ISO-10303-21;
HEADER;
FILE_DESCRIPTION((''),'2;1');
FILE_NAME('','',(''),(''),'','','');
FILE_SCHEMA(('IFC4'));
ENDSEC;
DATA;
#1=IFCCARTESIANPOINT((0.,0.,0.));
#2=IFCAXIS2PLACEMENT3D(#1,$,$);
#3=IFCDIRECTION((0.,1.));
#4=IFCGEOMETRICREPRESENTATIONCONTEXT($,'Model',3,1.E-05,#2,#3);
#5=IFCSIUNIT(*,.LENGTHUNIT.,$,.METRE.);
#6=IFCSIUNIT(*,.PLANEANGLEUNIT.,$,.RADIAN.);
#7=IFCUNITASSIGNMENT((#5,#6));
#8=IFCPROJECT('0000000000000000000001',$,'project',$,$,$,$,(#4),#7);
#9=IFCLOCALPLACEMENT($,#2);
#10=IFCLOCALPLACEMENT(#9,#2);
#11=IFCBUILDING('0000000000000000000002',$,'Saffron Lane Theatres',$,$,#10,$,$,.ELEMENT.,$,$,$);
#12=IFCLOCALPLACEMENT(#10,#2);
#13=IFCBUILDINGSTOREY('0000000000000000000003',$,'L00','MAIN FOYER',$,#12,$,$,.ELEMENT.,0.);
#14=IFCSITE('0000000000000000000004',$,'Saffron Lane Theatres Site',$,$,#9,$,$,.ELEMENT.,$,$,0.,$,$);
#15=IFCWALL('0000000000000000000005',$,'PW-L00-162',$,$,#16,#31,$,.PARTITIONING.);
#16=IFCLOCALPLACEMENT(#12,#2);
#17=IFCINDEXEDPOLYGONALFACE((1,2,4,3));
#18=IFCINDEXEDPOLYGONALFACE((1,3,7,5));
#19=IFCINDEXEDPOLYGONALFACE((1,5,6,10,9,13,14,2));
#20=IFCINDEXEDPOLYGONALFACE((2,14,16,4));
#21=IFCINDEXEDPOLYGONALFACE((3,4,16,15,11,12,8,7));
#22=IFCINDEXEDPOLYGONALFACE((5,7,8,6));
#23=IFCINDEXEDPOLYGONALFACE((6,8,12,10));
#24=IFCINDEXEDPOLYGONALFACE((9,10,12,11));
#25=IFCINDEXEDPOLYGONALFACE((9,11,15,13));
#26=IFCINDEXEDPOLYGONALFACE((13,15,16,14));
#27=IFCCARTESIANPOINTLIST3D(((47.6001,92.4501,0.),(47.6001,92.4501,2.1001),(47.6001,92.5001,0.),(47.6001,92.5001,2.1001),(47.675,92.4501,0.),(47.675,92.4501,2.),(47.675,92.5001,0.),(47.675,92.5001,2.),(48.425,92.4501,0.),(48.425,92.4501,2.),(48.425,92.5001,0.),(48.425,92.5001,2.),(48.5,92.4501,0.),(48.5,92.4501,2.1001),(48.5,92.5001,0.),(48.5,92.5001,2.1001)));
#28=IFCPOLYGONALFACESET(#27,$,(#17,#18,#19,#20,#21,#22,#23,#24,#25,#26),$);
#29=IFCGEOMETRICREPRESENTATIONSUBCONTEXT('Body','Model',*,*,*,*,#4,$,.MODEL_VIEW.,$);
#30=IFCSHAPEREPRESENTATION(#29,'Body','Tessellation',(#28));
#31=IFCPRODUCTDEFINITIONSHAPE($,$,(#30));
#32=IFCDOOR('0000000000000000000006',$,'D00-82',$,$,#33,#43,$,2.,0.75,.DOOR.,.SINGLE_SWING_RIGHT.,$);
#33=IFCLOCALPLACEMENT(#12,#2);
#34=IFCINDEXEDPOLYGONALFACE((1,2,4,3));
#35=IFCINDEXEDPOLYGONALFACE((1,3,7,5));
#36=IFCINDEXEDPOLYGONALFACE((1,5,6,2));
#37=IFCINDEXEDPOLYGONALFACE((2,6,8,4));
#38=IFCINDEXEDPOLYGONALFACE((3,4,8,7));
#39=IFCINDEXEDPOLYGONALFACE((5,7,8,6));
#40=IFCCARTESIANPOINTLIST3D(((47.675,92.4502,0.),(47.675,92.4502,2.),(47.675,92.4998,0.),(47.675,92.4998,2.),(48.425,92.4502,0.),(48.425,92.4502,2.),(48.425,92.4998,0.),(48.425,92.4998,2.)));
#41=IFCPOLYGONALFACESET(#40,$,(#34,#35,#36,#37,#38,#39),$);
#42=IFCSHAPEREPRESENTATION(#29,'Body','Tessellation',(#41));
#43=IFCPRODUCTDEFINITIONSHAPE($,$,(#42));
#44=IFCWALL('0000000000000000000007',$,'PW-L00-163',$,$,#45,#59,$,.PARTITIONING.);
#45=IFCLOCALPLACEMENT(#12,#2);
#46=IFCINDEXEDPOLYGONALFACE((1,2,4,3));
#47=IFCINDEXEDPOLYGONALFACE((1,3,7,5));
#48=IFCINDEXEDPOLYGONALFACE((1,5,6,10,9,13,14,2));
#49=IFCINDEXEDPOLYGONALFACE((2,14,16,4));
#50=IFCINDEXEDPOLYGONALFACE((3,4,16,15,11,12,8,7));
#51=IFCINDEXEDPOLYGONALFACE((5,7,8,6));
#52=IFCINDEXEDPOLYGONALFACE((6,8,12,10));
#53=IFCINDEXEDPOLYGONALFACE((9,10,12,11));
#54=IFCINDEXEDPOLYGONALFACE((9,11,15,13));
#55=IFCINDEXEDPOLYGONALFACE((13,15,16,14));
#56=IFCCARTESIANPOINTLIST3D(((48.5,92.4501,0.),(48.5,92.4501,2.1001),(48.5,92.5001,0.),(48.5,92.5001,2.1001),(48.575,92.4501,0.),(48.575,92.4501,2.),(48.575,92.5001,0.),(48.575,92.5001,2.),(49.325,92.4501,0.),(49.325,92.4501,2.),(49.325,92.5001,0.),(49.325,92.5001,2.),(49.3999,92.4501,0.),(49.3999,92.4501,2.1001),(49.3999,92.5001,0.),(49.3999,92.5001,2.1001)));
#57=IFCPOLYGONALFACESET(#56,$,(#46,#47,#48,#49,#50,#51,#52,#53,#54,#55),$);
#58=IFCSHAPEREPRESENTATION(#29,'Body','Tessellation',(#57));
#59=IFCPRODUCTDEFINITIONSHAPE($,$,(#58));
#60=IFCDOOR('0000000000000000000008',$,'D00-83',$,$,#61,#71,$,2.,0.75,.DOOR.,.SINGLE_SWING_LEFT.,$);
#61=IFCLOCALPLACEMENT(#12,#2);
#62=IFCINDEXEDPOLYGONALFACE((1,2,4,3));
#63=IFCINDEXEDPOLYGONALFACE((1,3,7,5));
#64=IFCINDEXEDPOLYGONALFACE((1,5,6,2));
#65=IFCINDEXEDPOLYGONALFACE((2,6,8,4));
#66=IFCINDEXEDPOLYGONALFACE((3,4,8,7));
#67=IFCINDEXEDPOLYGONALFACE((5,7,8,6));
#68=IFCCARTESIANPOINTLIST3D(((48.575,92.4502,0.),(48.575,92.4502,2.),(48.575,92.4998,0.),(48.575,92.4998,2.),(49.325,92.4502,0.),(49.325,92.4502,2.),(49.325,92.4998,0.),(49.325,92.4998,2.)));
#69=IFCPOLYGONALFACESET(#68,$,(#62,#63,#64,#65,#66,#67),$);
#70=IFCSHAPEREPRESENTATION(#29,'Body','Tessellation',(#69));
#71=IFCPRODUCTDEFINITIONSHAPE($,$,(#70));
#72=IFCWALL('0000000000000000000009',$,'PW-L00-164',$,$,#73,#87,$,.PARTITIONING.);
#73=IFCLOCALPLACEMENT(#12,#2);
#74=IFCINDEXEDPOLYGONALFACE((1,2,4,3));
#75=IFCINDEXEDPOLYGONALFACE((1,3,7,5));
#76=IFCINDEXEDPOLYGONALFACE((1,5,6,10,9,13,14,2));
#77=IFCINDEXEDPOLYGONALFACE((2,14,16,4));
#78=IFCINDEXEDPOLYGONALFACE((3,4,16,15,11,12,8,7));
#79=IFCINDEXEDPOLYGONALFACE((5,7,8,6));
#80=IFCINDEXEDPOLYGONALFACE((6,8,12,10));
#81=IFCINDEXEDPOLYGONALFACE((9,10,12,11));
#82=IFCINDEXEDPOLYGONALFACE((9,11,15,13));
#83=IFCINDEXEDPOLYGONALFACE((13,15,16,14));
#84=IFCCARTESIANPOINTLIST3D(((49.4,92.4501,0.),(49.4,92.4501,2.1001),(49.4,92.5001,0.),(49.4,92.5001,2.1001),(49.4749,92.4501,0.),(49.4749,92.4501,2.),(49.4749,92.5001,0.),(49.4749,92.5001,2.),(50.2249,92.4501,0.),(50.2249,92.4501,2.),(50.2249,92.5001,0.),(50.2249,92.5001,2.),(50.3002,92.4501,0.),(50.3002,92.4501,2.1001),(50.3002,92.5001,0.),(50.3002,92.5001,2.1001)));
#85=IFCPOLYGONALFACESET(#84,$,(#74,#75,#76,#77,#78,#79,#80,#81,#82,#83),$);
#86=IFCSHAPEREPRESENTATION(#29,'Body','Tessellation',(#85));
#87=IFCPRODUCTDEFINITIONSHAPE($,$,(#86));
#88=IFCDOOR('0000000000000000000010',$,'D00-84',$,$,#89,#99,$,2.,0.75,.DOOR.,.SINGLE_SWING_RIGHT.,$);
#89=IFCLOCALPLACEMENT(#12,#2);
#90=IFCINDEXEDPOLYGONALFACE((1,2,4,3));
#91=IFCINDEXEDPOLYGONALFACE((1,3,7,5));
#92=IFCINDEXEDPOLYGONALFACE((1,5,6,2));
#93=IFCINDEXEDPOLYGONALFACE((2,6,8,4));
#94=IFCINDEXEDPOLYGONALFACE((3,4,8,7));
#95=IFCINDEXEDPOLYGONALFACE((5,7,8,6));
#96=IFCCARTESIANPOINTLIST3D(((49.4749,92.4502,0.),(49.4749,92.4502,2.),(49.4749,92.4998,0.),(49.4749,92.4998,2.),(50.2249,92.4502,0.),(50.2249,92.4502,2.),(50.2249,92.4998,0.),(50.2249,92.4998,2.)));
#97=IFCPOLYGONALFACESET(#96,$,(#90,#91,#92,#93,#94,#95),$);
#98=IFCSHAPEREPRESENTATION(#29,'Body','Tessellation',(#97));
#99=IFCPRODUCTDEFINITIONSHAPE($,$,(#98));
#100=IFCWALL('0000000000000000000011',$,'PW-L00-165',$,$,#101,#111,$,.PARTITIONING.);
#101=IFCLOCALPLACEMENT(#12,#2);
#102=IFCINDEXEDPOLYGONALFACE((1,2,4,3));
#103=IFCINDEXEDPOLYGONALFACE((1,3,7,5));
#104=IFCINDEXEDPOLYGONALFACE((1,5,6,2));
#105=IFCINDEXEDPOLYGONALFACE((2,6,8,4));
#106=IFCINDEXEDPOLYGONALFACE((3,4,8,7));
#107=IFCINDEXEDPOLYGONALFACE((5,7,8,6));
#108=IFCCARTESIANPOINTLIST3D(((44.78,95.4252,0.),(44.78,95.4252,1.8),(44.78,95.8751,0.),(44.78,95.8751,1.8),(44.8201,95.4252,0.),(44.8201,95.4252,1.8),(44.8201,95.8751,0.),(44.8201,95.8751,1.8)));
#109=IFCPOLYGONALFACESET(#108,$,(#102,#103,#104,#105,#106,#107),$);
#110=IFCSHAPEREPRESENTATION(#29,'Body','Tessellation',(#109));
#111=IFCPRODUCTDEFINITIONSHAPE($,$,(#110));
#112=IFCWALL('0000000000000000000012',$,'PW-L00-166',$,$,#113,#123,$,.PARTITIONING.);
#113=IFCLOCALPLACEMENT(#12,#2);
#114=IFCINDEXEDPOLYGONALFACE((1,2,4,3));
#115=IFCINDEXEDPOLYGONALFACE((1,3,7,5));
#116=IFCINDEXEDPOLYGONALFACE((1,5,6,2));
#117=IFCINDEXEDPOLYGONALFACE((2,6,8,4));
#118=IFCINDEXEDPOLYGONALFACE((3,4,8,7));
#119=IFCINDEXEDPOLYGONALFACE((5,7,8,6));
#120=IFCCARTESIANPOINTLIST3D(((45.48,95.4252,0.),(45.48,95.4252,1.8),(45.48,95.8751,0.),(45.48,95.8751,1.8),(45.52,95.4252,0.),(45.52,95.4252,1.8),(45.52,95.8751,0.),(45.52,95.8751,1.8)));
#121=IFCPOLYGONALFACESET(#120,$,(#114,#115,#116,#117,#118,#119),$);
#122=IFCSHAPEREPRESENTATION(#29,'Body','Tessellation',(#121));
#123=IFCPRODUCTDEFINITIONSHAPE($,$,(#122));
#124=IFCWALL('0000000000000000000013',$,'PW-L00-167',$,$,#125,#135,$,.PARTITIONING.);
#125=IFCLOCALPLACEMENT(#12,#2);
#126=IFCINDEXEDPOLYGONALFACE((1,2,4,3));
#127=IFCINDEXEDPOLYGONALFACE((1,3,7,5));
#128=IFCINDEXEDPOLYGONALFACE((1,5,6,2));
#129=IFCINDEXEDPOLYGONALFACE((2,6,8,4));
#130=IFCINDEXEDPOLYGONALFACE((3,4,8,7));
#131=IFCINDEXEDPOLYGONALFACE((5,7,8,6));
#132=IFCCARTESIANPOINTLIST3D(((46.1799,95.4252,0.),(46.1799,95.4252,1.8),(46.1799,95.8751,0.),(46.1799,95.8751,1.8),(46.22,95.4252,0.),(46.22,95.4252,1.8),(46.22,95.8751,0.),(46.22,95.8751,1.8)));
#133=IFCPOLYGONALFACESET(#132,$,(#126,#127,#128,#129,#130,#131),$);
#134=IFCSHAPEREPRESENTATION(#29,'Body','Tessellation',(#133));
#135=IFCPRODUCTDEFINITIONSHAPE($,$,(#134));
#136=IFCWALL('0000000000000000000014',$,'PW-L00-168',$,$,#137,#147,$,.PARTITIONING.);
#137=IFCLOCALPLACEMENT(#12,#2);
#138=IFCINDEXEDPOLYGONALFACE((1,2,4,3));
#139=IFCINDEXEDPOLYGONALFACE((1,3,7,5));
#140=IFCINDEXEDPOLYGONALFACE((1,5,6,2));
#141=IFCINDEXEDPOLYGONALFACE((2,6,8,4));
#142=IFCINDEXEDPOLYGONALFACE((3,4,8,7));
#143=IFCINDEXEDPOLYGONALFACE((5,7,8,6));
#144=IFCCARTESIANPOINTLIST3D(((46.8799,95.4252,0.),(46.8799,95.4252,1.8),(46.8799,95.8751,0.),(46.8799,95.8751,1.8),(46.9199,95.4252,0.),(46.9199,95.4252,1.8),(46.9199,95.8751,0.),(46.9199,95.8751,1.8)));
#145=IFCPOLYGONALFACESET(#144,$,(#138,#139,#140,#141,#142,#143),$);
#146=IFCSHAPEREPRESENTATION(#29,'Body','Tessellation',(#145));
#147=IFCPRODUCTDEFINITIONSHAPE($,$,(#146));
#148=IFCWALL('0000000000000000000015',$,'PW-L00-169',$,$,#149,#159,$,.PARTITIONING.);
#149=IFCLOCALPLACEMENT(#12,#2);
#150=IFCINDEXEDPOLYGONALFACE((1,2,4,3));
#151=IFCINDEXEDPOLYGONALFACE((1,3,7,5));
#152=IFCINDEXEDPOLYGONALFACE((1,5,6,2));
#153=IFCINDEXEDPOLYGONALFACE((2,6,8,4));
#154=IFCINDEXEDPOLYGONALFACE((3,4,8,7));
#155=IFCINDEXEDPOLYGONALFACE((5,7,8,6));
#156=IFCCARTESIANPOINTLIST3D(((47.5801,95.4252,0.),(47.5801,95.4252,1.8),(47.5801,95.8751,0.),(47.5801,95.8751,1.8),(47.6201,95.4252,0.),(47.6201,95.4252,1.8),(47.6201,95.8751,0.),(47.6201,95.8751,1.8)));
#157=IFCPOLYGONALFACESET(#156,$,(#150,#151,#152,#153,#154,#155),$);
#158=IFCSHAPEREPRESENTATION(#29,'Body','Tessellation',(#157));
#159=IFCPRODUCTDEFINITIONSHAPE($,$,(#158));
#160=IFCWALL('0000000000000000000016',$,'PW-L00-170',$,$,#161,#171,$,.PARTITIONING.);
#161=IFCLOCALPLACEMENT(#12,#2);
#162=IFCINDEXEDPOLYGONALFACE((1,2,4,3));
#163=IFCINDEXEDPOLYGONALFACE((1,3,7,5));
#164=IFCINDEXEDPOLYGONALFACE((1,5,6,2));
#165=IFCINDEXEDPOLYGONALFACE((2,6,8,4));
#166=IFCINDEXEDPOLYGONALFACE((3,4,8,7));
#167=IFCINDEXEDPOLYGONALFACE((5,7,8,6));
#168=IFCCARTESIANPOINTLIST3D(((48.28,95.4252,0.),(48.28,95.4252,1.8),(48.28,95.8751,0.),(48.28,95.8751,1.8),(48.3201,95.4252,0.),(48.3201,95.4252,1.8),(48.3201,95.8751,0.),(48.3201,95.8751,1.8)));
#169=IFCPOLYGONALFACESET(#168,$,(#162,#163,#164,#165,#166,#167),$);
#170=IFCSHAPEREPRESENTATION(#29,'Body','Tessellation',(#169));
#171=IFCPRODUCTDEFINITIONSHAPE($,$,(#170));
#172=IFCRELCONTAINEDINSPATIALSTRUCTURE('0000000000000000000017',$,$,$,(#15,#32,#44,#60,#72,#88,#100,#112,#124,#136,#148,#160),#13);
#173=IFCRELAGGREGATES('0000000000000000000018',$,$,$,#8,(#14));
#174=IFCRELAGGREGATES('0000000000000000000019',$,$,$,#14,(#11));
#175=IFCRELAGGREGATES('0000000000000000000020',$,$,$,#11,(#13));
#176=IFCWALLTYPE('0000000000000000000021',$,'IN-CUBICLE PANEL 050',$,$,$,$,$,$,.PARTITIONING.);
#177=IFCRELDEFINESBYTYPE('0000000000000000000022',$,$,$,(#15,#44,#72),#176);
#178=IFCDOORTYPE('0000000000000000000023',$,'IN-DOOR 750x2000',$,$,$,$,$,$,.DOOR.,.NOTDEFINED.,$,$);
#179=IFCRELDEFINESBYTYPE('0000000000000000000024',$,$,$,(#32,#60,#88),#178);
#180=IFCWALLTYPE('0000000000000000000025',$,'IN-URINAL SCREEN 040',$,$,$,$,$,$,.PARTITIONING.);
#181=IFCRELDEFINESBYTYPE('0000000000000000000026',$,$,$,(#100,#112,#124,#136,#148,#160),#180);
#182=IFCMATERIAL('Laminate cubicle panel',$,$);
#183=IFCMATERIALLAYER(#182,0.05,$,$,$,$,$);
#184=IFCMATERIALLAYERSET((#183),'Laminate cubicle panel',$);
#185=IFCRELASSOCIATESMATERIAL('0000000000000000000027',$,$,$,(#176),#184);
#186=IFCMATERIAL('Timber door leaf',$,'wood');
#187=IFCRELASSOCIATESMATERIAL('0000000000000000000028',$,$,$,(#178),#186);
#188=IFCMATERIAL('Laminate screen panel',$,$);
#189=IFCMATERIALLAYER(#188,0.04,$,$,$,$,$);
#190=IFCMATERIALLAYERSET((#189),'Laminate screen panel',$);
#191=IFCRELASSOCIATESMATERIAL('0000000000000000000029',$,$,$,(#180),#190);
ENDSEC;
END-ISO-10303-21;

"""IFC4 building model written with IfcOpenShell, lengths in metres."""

from ifc_helpers import new_model, si_unit, direction, frame, frame_2d, origin, place, context, subcontext, project, spatial, rectangle, extrude, material, layer, layer_set, type_object, element, fill, save


model = new_model("IFC4")

# Units and contexts
model_context = context("Model", 3, precision=1e-05, world=origin(), true_north=direction((0.0, 1.0)))
body_context = subcontext(model_context, "Body", "Model", "MODEL_VIEW")
ifc_project = project(units=[si_unit("LENGTHUNIT", "METRE"), si_unit("PLANEANGLEUNIT", "RADIAN")], contexts=[model_context])

# Site, building, storey
site_placement = place(None, origin())
site = spatial("IfcSite", under=ifc_project, at=site_placement, Name="Saffron Lane Theatres Site", CompositionType="ELEMENT", RefElevation=0.0)
building_placement = place(site_placement, origin())
building = spatial("IfcBuilding", under=site, at=building_placement, Name="Saffron Lane Theatres", CompositionType="ELEMENT")
storey_placement = place(building_placement, origin())
storey = spatial("IfcBuildingStorey", under=building, at=storey_placement, Name="L00", Description="MAIN FOYER", CompositionType="ELEMENT", Elevation=0.0)

# Shared definitions
ifc_material_1 = material(Name="Laminate cubicle panel")
ifc_layer_1 = layer(ifc_material_1, 0.05)
ifc_layer_set_1 = layer_set([ifc_layer_1], Name="Laminate cubicle panel")
wall_type_1 = type_object("IfcWallType", Name="IN-CUBICLE PANEL 050", PredefinedType="PARTITIONING", material=ifc_layer_set_1)

# Walls, openings, doors
ifc_material_2 = material(Name="Timber door leaf", Category="wood")
door_type_1 = type_object("IfcDoorType", Name="IN-DOOR 750x2000", OperationType="NOTDEFINED", PredefinedType="DOOR", material=ifc_material_2)
wall_1_placement = place(storey_placement, frame((47.6001, 92.4751, 0.0), z_axis=(0.0, 0.0, 1.0), x_axis=(1.0, 0.0, 0.0)))
wall_1 = element("IfcWall", 1, at=wall_1_placement, inside=storey, type_object=wall_type_1, Name="PW-L00-162", PredefinedType="PARTITIONING", context=body_context, shape_type="SweptSolid", body=[
    extrude(rectangle(XDim=0.8999, YDim=0.05, at=frame_2d((0.45, 0.0))), origin(), (0.0, 0.0, 1.0), 2.1001),
])
opening_1_placement = place(wall_1_placement, frame((0.075, 0.0, 0.0)))
opening_1 = element("IfcOpeningElement", 2, at=opening_1_placement, cuts=wall_1, PredefinedType="OPENING", context=body_context, shape_type="SweptSolid", body=[
    extrude(rectangle(XDim=0.75, YDim=2.0, at=frame_2d((0.375, 1.0))), frame((0.0, 0.0352, 0.0), z_axis=(0.0, -1.0, 0.0), x_axis=(1.0, 0.0, 0.0)), (0.0, 0.0, 1.0), 0.0701),
])
door_1_placement = place(opening_1_placement, frame((0.75, 0.0, 0.0), z_axis=(0.0, 0.0, 1.0), x_axis=(-1.0, 0.0, 0.0)))
door_1 = element("IfcDoor", 3, at=door_1_placement, inside=storey, type_object=door_type_1, Name="D00-82", OperationType="SINGLE_SWING_RIGHT", OverallHeight=2.0, OverallWidth=0.75, PredefinedType="DOOR", context=body_context, shape_type="SweptSolid", body=[
    extrude(rectangle(XDim=0.75, YDim=2.0, at=frame_2d((0.375, 1.0))), frame((0.0, 0.0249, 0.0), z_axis=(0.0, -1.0, 0.0), x_axis=(1.0, 0.0, 0.0)), (0.0, 0.0, 1.0), 0.0496),
])
fill(opening_1, door_1)
wall_2_placement = place(storey_placement, frame((48.5, 92.4751, 0.0), z_axis=(0.0, 0.0, 1.0), x_axis=(1.0, 0.0, 0.0)))
wall_2 = element("IfcWall", 4, at=wall_2_placement, inside=storey, type_object=wall_type_1, Name="PW-L00-163", PredefinedType="PARTITIONING", context=body_context, shape_type="SweptSolid", body=[
    extrude(rectangle(XDim=0.8999, YDim=0.05, at=frame_2d((0.45, 0.0))), origin(), (0.0, 0.0, 1.0), 2.1001),
])
opening_2_placement = place(wall_2_placement, frame((0.075, 0.0, 0.0)))
opening_2 = element("IfcOpeningElement", 5, at=opening_2_placement, cuts=wall_2, PredefinedType="OPENING", context=body_context, shape_type="SweptSolid", body=[
    extrude(rectangle(XDim=0.75, YDim=2.0, at=frame_2d((0.375, 1.0))), frame((0.0, 0.0352, 0.0), z_axis=(0.0, -1.0, 0.0), x_axis=(1.0, 0.0, 0.0)), (0.0, 0.0, 1.0), 0.0701),
])
door_2_placement = place(opening_2_placement, frame((0.75, 0.0, 0.0), z_axis=(0.0, 0.0, 1.0), x_axis=(-1.0, 0.0, 0.0)))
door_2 = element("IfcDoor", 6, at=door_2_placement, inside=storey, type_object=door_type_1, Name="D00-83", OperationType="SINGLE_SWING_LEFT", OverallHeight=2.0, OverallWidth=0.75, PredefinedType="DOOR", context=body_context, shape_type="SweptSolid", body=[
    extrude(rectangle(XDim=0.75, YDim=2.0, at=frame_2d((0.375, 1.0))), frame((0.0, 0.0249, 0.0), z_axis=(0.0, -1.0, 0.0), x_axis=(1.0, 0.0, 0.0)), (0.0, 0.0, 1.0), 0.0496),
])
fill(opening_2, door_2)
wall_3_placement = place(storey_placement, frame((49.3999, 92.4751, 0.0), z_axis=(0.0, 0.0, 1.0), x_axis=(1.0, 0.0, 0.0)))
wall_3 = element("IfcWall", 7, at=wall_3_placement, inside=storey, type_object=wall_type_1, Name="PW-L00-164", PredefinedType="PARTITIONING", context=body_context, shape_type="SweptSolid", body=[
    extrude(rectangle(XDim=0.9001, YDim=0.05, at=frame_2d((0.4502, 0.0))), origin(), (0.0, 0.0, 1.0), 2.1001),
])
opening_3_placement = place(wall_3_placement, frame((0.075, 0.0, 0.0)))
opening_3 = element("IfcOpeningElement", 8, at=opening_3_placement, cuts=wall_3, PredefinedType="OPENING", context=body_context, shape_type="SweptSolid", body=[
    extrude(rectangle(XDim=0.75, YDim=2.0, at=frame_2d((0.375, 1.0))), frame((0.0, 0.0352, 0.0), z_axis=(0.0, -1.0, 0.0), x_axis=(1.0, 0.0, 0.0)), (0.0, 0.0, 1.0), 0.0701),
])
door_3_placement = place(opening_3_placement, frame((0.75, 0.0, 0.0), z_axis=(0.0, 0.0, 1.0), x_axis=(-1.0, 0.0, 0.0)))
door_3 = element("IfcDoor", 9, at=door_3_placement, inside=storey, type_object=door_type_1, Name="D00-84", OperationType="SINGLE_SWING_RIGHT", OverallHeight=2.0, OverallWidth=0.75, PredefinedType="DOOR", context=body_context, shape_type="SweptSolid", body=[
    extrude(rectangle(XDim=0.75, YDim=2.0, at=frame_2d((0.375, 1.0))), frame((0.0, 0.0249, 0.0), z_axis=(0.0, -1.0, 0.0), x_axis=(1.0, 0.0, 0.0)), (0.0, 0.0, 1.0), 0.0496),
])
fill(opening_3, door_3)

# Walls
ifc_material_3 = material(Name="Laminate screen panel")
ifc_layer_2 = layer(ifc_material_3, 0.04)
ifc_layer_set_2 = layer_set([ifc_layer_2], Name="Laminate screen panel")
wall_type_2 = type_object("IfcWallType", Name="IN-URINAL SCREEN 040", PredefinedType="PARTITIONING", material=ifc_layer_set_2)
for number, where, z_axis, x_axis, name in (
    (10, (44.8, 95.425, 0.0), (0.0, 0.0, 1.0), (0.0, 1.0, 0.0), "PW-L00-165"),
    (11, (45.5, 95.425, 0.0), (0.0, 0.0, 1.0), (0.0, 1.0, 0.0), "PW-L00-166"),
    (12, (46.2, 95.425, 0.0), (0.0, 0.0, 1.0), (0.0, 1.0, 0.0), "PW-L00-167"),
    (13, (46.8999, 95.425, 0.0), (0.0, 0.0, 1.0), (0.0, 1.0, 0.0), "PW-L00-168"),
    (14, (47.6001, 95.425, 0.0), (0.0, 0.0, 1.0), (0.0, 1.0, 0.0), "PW-L00-169"),
    (15, (48.3, 95.425, 0.0), (0.0, 0.0, 1.0), (0.0, 1.0, 0.0), "PW-L00-170"),
):
    element("IfcWall", number, at=place(storey_placement, frame(where, z_axis=z_axis, x_axis=x_axis)), inside=storey, type_object=wall_type_2, Name=name, PredefinedType="PARTITIONING", context=body_context, shape_type="SweptSolid", body=[
        extrude(rectangle(XDim=0.45, YDim=0.04, at=frame_2d((0.2251, 0.0))), origin(), (0.0, 0.0, 1.0), 1.8),
    ])

save(model, "model.ifc")
